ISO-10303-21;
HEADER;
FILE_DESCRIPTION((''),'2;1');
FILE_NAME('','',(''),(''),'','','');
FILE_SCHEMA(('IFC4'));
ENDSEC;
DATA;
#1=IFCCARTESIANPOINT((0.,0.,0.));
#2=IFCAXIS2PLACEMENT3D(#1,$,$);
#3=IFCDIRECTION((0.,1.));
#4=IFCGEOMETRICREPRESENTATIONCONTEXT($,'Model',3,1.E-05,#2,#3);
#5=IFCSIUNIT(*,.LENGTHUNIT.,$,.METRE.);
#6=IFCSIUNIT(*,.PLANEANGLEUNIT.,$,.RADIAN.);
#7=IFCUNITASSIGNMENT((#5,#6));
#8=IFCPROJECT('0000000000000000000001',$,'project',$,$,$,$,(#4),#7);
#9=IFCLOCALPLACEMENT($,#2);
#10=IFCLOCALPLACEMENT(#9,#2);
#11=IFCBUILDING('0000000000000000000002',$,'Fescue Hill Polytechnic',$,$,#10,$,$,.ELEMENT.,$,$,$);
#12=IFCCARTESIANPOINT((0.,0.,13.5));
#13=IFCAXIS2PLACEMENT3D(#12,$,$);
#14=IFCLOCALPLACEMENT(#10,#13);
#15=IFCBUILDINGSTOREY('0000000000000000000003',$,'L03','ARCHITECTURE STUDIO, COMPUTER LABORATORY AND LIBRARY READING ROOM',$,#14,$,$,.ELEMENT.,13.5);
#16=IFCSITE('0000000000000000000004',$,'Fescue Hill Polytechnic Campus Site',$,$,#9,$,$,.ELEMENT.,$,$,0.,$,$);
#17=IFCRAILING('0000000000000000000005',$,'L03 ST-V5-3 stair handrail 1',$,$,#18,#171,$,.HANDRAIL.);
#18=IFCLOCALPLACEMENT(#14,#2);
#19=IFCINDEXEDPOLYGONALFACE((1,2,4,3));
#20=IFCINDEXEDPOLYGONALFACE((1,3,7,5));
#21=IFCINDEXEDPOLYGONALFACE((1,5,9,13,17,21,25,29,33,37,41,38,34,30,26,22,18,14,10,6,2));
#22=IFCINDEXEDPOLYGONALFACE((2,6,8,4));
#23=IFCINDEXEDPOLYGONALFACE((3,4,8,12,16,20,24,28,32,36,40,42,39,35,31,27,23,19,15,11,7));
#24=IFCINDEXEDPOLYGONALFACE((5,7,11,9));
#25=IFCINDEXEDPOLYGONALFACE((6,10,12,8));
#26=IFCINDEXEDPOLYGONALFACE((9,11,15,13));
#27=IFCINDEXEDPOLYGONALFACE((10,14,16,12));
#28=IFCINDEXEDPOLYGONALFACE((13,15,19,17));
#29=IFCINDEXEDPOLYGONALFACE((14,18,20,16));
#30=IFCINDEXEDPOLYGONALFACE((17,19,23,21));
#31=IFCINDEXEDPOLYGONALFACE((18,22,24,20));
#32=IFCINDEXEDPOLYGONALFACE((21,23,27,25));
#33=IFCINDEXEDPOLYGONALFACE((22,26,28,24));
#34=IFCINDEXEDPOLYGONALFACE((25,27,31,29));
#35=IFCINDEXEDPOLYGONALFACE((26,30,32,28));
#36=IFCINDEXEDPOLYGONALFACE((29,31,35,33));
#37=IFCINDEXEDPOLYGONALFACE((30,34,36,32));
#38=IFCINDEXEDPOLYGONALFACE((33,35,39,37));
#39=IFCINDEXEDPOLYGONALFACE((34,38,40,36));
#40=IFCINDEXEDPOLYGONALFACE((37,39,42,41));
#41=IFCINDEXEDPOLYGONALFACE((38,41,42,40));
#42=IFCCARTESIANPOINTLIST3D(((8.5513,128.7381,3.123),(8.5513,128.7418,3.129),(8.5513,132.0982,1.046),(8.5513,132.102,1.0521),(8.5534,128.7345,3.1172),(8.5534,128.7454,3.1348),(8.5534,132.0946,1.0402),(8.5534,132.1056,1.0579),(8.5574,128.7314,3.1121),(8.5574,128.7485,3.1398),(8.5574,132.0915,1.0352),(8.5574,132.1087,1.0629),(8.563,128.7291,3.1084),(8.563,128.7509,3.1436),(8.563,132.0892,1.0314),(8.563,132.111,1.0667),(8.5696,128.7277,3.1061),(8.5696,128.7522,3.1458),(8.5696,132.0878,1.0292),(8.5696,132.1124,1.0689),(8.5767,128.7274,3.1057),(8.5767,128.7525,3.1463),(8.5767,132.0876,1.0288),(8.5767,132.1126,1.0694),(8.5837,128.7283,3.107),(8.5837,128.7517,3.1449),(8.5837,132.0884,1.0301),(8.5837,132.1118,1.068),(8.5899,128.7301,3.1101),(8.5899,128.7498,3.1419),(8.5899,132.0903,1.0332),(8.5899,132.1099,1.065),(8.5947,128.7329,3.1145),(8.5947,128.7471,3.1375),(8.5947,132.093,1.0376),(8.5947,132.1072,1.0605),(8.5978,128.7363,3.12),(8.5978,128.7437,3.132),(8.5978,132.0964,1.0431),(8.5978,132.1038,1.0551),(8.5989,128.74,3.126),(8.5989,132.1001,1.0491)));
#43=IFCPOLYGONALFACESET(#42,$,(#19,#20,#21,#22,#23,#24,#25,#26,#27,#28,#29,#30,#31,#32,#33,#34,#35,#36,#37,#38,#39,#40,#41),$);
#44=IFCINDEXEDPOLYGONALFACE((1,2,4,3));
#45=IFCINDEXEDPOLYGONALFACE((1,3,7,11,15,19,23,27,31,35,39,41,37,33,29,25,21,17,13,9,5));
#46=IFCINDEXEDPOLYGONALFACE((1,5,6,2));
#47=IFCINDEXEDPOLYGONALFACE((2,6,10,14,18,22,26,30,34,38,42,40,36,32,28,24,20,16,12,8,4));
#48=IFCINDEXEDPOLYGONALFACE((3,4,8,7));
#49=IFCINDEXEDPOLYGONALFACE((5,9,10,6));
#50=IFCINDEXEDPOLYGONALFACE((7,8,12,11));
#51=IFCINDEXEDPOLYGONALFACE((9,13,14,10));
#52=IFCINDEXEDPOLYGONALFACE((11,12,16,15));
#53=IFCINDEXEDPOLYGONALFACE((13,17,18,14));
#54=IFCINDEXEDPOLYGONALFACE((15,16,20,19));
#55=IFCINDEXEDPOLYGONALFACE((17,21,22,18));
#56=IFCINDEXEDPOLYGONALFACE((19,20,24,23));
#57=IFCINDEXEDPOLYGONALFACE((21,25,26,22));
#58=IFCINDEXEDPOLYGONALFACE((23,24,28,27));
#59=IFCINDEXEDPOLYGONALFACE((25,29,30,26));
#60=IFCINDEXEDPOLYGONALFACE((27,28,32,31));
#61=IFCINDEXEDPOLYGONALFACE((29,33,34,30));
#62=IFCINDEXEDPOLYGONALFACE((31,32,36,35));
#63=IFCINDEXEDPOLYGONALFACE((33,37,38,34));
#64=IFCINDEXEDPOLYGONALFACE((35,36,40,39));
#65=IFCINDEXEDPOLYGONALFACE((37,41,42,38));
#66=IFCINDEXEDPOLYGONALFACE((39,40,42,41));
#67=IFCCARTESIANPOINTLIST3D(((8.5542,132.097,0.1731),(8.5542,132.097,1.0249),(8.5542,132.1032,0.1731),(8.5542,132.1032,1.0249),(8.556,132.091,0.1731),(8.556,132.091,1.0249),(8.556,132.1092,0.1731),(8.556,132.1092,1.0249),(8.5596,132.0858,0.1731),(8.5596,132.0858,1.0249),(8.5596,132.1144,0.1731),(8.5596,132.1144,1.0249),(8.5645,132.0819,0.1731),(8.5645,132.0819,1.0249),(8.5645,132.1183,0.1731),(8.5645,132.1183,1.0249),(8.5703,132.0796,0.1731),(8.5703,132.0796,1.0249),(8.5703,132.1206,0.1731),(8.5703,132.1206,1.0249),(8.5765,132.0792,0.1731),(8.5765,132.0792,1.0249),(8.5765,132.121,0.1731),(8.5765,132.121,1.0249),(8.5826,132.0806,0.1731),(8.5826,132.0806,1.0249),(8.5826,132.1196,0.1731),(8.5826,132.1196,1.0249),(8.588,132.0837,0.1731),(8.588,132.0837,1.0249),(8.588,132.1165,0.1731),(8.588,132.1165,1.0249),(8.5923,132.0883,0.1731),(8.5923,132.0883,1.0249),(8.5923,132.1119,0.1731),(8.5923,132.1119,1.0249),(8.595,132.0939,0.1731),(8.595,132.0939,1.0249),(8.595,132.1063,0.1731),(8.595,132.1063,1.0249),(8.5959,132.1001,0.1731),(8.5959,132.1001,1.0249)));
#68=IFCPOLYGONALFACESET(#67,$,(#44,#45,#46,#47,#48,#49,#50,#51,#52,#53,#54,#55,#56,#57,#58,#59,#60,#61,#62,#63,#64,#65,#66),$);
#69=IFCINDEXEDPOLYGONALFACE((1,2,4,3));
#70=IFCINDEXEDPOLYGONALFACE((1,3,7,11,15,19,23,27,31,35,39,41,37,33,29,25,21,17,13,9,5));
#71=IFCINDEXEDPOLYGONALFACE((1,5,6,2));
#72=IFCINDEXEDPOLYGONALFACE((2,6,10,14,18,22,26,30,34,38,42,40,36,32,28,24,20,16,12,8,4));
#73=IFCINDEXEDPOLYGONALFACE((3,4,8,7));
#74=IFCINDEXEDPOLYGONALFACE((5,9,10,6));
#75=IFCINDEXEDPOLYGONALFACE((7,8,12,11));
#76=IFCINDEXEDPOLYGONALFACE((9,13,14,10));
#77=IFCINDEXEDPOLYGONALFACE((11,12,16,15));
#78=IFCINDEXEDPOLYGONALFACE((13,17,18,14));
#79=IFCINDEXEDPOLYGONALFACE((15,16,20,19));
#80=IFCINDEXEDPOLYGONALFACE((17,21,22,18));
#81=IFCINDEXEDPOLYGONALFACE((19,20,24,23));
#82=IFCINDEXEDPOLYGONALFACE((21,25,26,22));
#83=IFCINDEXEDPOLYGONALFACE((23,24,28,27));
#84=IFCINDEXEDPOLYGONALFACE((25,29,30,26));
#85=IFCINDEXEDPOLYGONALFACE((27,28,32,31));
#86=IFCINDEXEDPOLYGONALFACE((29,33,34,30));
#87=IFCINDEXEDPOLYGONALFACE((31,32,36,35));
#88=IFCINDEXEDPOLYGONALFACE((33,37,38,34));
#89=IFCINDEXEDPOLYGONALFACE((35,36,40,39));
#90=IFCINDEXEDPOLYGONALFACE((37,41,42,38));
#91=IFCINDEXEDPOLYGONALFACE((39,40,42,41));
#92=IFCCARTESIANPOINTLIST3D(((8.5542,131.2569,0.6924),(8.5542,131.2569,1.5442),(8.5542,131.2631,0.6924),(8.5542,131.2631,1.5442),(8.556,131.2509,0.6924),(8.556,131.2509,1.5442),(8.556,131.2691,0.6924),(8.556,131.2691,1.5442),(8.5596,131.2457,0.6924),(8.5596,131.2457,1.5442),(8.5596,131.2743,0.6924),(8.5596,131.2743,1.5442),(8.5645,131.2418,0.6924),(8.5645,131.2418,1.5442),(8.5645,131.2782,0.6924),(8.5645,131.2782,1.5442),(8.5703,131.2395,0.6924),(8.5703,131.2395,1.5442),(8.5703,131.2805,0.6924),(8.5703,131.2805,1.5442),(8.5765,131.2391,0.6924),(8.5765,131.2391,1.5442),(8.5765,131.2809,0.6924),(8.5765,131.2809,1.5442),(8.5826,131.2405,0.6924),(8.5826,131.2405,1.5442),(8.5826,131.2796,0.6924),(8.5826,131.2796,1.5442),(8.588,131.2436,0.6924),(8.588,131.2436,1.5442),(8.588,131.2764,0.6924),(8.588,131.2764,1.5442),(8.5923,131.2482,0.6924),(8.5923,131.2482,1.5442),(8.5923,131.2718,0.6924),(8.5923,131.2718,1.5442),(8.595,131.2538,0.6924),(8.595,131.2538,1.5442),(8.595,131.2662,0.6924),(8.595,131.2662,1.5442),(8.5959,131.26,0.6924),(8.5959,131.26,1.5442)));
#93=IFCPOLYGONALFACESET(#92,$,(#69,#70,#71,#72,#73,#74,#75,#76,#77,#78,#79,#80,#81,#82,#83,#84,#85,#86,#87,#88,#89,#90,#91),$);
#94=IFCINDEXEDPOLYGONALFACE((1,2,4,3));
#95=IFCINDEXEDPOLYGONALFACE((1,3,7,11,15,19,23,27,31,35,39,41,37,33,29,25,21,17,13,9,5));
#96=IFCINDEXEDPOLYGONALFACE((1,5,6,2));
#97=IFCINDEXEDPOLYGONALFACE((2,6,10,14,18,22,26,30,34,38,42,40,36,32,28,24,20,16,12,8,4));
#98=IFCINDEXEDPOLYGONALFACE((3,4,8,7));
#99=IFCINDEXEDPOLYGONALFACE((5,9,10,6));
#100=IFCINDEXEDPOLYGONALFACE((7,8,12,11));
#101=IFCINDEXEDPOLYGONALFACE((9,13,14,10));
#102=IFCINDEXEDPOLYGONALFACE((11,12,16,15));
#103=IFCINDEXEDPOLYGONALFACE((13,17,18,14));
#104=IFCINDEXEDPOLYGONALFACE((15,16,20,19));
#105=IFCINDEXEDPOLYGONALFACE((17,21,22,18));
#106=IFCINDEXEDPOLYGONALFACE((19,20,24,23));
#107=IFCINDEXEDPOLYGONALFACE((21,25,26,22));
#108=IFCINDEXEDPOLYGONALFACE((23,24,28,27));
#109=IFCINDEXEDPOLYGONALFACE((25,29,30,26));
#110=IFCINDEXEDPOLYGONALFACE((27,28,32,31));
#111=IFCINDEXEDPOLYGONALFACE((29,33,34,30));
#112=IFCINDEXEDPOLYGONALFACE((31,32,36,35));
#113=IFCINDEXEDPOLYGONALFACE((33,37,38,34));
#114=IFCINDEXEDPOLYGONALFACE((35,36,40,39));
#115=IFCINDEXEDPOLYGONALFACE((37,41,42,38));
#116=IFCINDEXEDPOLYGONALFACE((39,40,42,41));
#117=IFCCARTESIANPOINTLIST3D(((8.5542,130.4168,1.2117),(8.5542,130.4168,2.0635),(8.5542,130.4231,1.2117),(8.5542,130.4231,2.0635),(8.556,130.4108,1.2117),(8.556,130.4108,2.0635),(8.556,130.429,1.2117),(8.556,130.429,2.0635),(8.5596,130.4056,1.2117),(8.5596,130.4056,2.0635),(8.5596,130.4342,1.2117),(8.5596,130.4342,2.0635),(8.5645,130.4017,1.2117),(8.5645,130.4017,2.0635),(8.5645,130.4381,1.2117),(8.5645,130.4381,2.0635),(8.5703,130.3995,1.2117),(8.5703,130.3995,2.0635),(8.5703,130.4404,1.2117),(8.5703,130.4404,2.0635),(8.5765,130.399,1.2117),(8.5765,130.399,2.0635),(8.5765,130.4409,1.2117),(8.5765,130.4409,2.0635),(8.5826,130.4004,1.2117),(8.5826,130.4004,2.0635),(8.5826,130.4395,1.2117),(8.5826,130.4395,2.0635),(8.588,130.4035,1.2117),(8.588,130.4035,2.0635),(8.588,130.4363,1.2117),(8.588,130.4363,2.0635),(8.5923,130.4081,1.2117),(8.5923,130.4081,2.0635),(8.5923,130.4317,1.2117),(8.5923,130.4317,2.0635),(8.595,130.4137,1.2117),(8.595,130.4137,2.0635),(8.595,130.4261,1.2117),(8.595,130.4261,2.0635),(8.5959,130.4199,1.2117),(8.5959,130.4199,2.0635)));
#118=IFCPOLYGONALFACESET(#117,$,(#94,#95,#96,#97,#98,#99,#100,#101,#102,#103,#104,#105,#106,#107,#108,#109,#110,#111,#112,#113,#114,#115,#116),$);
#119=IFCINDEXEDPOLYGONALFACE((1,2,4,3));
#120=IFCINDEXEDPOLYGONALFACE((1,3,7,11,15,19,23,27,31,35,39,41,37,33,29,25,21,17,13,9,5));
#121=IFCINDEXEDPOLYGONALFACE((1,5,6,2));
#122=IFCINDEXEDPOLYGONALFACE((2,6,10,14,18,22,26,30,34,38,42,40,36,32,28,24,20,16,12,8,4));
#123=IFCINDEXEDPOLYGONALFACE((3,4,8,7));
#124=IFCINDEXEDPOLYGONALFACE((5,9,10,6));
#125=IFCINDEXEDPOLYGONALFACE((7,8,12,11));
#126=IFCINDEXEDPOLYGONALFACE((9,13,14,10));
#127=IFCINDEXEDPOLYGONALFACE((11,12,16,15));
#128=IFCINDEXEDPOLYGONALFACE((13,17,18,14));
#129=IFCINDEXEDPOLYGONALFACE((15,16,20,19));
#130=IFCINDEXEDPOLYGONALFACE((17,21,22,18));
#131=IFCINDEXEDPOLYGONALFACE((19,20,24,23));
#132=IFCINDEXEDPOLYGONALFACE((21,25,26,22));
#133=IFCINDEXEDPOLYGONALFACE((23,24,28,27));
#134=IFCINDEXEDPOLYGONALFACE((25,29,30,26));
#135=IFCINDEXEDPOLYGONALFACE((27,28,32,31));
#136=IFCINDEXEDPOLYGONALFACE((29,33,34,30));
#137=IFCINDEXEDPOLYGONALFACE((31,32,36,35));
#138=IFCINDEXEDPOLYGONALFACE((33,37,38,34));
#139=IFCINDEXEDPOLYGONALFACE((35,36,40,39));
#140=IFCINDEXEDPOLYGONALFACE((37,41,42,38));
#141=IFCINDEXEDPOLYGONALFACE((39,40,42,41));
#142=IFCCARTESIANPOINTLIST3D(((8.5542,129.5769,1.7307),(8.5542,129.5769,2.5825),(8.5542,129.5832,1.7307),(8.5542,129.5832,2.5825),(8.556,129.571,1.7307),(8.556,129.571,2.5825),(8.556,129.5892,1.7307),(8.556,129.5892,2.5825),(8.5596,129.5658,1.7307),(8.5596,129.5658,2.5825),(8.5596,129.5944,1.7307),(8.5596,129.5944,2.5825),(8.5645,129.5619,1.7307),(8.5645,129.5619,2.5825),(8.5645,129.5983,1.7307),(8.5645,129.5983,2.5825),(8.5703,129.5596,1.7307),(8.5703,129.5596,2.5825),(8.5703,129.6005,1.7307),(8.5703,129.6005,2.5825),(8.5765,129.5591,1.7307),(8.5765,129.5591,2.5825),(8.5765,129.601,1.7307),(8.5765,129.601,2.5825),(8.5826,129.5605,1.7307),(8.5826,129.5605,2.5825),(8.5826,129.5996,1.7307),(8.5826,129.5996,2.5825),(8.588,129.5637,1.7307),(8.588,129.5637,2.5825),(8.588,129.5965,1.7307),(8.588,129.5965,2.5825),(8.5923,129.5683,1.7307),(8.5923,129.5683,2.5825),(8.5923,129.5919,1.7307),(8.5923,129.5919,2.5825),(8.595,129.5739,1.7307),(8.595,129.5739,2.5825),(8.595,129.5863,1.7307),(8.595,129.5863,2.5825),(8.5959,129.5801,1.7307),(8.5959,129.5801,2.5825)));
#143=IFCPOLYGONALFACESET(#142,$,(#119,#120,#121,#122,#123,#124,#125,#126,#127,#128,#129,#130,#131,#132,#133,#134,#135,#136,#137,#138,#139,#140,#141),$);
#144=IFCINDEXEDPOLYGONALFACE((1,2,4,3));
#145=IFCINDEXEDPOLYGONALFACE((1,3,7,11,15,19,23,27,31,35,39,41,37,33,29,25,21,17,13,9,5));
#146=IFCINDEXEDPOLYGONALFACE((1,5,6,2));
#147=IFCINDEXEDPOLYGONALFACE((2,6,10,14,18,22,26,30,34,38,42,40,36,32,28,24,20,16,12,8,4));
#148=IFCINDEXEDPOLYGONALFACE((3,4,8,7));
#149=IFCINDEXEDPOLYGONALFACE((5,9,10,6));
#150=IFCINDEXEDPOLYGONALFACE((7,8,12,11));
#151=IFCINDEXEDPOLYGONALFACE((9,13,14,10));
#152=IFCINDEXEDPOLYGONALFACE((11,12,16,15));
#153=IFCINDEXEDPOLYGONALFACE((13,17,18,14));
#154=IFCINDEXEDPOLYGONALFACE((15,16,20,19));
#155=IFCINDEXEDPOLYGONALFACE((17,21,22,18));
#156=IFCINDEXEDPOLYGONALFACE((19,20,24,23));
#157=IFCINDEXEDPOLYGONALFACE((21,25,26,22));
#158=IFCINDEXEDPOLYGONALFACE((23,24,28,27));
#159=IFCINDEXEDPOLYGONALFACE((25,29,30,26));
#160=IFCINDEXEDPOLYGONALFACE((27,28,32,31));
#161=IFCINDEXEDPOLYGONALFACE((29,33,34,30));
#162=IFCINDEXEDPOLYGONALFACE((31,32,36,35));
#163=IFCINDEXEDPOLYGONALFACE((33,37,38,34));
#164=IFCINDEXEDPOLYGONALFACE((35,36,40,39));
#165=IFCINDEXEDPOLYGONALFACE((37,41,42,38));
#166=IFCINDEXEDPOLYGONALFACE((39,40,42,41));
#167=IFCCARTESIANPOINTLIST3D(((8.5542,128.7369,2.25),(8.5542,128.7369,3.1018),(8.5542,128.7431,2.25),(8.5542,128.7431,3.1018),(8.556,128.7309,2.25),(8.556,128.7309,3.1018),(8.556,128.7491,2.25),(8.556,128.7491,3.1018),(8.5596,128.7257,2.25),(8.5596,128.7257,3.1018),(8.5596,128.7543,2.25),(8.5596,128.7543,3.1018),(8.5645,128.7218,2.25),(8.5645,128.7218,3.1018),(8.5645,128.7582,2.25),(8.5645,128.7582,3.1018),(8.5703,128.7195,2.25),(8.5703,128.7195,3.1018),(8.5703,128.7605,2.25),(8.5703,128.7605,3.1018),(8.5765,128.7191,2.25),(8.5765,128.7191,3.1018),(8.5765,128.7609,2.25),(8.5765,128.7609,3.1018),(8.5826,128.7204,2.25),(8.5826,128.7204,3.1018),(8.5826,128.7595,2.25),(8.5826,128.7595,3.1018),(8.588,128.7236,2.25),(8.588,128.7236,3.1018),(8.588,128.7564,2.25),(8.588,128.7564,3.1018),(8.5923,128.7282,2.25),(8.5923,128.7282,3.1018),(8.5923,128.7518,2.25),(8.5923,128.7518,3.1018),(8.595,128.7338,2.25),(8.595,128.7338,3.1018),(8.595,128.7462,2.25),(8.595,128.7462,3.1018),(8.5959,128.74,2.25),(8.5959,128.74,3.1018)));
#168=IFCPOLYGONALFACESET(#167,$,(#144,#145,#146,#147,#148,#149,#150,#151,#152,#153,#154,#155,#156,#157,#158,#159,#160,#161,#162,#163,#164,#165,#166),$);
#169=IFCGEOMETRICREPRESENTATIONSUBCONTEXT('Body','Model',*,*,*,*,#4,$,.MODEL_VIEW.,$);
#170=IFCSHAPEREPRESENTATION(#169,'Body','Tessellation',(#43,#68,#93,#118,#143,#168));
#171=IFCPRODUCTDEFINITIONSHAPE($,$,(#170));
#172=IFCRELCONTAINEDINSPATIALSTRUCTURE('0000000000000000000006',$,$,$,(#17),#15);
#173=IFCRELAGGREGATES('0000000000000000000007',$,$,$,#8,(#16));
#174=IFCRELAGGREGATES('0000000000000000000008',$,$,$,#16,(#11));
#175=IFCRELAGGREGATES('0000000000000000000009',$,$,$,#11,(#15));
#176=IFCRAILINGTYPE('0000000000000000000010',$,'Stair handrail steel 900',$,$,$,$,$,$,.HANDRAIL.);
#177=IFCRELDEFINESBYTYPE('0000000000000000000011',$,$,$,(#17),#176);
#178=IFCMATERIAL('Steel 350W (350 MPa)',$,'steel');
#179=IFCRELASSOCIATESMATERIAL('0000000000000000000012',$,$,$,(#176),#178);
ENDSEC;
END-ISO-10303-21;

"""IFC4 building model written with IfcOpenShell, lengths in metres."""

from ifc_helpers import new_model, si_unit, direction, frame, origin, origin_2d, place, context, subcontext, project, spatial, circle, extrude, material, type_object, element, save


model = new_model("IFC4")

# Units and contexts
model_context = context("Model", 3, precision=1e-05, world=origin(), true_north=direction((0.0, 1.0)))
body_context = subcontext(model_context, "Body", "Model", "MODEL_VIEW")
ifc_project = project(units=[si_unit("LENGTHUNIT", "METRE"), si_unit("PLANEANGLEUNIT", "RADIAN")], contexts=[model_context])

# Site, building, storey
site_placement = place(None, origin())
site = spatial("IfcSite", under=ifc_project, at=site_placement, Name="Fescue Hill Polytechnic Campus Site", CompositionType="ELEMENT", RefElevation=0.0)
building_placement = place(site_placement, origin())
building = spatial("IfcBuilding", under=site, at=building_placement, Name="Fescue Hill Polytechnic", CompositionType="ELEMENT")
storey_placement = place(building_placement, frame((0.0, 0.0, 13.5)))
storey = spatial("IfcBuildingStorey", under=building, at=storey_placement, Name="L03", Description="ARCHITECTURE STUDIO, COMPUTER LABORATORY AND LIBRARY READING ROOM", CompositionType="ELEMENT", Elevation=13.5)

# Railing
ifc_material_1 = material(Name="Steel 350W (350 MPa)", Category="steel")
railing_type_1 = type_object("IfcRailingType", Name="Stair handrail steel 900", PredefinedType="HANDRAIL", material=ifc_material_1)
railing_1_placement = place(storey_placement, frame((8.575, 132.1001, 0.1731)))
element("IfcRailing", 1, at=railing_1_placement, inside=storey, type_object=railing_type_1, Name="L03 ST-V5-3 stair handrail 1", PredefinedType="HANDRAIL", context=body_context, shape_type="SweptSolid", body=[
    extrude(circle(Radius=0.0239, at=origin_2d()), frame((0.0, 0.0, 0.876), z_axis=(0.0, -0.850623, 0.525776), x_axis=(1.0, 0.0, 0.0)), (0.0, 0.0, 1.0), 3.9502),
    extrude(circle(Radius=0.021, at=origin_2d()), origin(), (0.0, 0.0, 1.0), 0.8518),
    extrude(circle(Radius=0.021, at=origin_2d()), frame((0.0, -0.8401, 0.5193)), (0.0, 0.0, 1.0), 0.8518),
    extrude(circle(Radius=0.021, at=origin_2d()), frame((0.0, -1.6802, 1.0386)), (0.0, 0.0, 1.0), 0.8518),
    extrude(circle(Radius=0.021, at=origin_2d()), frame((0.0, -2.52, 1.5576)), (0.0, 0.0, 1.0), 0.8518),
    extrude(circle(Radius=0.021, at=origin_2d()), frame((0.0, -3.3601, 2.0769)), (0.0, 0.0, 1.0), 0.8518),
])

save(model, "model.ifc")
